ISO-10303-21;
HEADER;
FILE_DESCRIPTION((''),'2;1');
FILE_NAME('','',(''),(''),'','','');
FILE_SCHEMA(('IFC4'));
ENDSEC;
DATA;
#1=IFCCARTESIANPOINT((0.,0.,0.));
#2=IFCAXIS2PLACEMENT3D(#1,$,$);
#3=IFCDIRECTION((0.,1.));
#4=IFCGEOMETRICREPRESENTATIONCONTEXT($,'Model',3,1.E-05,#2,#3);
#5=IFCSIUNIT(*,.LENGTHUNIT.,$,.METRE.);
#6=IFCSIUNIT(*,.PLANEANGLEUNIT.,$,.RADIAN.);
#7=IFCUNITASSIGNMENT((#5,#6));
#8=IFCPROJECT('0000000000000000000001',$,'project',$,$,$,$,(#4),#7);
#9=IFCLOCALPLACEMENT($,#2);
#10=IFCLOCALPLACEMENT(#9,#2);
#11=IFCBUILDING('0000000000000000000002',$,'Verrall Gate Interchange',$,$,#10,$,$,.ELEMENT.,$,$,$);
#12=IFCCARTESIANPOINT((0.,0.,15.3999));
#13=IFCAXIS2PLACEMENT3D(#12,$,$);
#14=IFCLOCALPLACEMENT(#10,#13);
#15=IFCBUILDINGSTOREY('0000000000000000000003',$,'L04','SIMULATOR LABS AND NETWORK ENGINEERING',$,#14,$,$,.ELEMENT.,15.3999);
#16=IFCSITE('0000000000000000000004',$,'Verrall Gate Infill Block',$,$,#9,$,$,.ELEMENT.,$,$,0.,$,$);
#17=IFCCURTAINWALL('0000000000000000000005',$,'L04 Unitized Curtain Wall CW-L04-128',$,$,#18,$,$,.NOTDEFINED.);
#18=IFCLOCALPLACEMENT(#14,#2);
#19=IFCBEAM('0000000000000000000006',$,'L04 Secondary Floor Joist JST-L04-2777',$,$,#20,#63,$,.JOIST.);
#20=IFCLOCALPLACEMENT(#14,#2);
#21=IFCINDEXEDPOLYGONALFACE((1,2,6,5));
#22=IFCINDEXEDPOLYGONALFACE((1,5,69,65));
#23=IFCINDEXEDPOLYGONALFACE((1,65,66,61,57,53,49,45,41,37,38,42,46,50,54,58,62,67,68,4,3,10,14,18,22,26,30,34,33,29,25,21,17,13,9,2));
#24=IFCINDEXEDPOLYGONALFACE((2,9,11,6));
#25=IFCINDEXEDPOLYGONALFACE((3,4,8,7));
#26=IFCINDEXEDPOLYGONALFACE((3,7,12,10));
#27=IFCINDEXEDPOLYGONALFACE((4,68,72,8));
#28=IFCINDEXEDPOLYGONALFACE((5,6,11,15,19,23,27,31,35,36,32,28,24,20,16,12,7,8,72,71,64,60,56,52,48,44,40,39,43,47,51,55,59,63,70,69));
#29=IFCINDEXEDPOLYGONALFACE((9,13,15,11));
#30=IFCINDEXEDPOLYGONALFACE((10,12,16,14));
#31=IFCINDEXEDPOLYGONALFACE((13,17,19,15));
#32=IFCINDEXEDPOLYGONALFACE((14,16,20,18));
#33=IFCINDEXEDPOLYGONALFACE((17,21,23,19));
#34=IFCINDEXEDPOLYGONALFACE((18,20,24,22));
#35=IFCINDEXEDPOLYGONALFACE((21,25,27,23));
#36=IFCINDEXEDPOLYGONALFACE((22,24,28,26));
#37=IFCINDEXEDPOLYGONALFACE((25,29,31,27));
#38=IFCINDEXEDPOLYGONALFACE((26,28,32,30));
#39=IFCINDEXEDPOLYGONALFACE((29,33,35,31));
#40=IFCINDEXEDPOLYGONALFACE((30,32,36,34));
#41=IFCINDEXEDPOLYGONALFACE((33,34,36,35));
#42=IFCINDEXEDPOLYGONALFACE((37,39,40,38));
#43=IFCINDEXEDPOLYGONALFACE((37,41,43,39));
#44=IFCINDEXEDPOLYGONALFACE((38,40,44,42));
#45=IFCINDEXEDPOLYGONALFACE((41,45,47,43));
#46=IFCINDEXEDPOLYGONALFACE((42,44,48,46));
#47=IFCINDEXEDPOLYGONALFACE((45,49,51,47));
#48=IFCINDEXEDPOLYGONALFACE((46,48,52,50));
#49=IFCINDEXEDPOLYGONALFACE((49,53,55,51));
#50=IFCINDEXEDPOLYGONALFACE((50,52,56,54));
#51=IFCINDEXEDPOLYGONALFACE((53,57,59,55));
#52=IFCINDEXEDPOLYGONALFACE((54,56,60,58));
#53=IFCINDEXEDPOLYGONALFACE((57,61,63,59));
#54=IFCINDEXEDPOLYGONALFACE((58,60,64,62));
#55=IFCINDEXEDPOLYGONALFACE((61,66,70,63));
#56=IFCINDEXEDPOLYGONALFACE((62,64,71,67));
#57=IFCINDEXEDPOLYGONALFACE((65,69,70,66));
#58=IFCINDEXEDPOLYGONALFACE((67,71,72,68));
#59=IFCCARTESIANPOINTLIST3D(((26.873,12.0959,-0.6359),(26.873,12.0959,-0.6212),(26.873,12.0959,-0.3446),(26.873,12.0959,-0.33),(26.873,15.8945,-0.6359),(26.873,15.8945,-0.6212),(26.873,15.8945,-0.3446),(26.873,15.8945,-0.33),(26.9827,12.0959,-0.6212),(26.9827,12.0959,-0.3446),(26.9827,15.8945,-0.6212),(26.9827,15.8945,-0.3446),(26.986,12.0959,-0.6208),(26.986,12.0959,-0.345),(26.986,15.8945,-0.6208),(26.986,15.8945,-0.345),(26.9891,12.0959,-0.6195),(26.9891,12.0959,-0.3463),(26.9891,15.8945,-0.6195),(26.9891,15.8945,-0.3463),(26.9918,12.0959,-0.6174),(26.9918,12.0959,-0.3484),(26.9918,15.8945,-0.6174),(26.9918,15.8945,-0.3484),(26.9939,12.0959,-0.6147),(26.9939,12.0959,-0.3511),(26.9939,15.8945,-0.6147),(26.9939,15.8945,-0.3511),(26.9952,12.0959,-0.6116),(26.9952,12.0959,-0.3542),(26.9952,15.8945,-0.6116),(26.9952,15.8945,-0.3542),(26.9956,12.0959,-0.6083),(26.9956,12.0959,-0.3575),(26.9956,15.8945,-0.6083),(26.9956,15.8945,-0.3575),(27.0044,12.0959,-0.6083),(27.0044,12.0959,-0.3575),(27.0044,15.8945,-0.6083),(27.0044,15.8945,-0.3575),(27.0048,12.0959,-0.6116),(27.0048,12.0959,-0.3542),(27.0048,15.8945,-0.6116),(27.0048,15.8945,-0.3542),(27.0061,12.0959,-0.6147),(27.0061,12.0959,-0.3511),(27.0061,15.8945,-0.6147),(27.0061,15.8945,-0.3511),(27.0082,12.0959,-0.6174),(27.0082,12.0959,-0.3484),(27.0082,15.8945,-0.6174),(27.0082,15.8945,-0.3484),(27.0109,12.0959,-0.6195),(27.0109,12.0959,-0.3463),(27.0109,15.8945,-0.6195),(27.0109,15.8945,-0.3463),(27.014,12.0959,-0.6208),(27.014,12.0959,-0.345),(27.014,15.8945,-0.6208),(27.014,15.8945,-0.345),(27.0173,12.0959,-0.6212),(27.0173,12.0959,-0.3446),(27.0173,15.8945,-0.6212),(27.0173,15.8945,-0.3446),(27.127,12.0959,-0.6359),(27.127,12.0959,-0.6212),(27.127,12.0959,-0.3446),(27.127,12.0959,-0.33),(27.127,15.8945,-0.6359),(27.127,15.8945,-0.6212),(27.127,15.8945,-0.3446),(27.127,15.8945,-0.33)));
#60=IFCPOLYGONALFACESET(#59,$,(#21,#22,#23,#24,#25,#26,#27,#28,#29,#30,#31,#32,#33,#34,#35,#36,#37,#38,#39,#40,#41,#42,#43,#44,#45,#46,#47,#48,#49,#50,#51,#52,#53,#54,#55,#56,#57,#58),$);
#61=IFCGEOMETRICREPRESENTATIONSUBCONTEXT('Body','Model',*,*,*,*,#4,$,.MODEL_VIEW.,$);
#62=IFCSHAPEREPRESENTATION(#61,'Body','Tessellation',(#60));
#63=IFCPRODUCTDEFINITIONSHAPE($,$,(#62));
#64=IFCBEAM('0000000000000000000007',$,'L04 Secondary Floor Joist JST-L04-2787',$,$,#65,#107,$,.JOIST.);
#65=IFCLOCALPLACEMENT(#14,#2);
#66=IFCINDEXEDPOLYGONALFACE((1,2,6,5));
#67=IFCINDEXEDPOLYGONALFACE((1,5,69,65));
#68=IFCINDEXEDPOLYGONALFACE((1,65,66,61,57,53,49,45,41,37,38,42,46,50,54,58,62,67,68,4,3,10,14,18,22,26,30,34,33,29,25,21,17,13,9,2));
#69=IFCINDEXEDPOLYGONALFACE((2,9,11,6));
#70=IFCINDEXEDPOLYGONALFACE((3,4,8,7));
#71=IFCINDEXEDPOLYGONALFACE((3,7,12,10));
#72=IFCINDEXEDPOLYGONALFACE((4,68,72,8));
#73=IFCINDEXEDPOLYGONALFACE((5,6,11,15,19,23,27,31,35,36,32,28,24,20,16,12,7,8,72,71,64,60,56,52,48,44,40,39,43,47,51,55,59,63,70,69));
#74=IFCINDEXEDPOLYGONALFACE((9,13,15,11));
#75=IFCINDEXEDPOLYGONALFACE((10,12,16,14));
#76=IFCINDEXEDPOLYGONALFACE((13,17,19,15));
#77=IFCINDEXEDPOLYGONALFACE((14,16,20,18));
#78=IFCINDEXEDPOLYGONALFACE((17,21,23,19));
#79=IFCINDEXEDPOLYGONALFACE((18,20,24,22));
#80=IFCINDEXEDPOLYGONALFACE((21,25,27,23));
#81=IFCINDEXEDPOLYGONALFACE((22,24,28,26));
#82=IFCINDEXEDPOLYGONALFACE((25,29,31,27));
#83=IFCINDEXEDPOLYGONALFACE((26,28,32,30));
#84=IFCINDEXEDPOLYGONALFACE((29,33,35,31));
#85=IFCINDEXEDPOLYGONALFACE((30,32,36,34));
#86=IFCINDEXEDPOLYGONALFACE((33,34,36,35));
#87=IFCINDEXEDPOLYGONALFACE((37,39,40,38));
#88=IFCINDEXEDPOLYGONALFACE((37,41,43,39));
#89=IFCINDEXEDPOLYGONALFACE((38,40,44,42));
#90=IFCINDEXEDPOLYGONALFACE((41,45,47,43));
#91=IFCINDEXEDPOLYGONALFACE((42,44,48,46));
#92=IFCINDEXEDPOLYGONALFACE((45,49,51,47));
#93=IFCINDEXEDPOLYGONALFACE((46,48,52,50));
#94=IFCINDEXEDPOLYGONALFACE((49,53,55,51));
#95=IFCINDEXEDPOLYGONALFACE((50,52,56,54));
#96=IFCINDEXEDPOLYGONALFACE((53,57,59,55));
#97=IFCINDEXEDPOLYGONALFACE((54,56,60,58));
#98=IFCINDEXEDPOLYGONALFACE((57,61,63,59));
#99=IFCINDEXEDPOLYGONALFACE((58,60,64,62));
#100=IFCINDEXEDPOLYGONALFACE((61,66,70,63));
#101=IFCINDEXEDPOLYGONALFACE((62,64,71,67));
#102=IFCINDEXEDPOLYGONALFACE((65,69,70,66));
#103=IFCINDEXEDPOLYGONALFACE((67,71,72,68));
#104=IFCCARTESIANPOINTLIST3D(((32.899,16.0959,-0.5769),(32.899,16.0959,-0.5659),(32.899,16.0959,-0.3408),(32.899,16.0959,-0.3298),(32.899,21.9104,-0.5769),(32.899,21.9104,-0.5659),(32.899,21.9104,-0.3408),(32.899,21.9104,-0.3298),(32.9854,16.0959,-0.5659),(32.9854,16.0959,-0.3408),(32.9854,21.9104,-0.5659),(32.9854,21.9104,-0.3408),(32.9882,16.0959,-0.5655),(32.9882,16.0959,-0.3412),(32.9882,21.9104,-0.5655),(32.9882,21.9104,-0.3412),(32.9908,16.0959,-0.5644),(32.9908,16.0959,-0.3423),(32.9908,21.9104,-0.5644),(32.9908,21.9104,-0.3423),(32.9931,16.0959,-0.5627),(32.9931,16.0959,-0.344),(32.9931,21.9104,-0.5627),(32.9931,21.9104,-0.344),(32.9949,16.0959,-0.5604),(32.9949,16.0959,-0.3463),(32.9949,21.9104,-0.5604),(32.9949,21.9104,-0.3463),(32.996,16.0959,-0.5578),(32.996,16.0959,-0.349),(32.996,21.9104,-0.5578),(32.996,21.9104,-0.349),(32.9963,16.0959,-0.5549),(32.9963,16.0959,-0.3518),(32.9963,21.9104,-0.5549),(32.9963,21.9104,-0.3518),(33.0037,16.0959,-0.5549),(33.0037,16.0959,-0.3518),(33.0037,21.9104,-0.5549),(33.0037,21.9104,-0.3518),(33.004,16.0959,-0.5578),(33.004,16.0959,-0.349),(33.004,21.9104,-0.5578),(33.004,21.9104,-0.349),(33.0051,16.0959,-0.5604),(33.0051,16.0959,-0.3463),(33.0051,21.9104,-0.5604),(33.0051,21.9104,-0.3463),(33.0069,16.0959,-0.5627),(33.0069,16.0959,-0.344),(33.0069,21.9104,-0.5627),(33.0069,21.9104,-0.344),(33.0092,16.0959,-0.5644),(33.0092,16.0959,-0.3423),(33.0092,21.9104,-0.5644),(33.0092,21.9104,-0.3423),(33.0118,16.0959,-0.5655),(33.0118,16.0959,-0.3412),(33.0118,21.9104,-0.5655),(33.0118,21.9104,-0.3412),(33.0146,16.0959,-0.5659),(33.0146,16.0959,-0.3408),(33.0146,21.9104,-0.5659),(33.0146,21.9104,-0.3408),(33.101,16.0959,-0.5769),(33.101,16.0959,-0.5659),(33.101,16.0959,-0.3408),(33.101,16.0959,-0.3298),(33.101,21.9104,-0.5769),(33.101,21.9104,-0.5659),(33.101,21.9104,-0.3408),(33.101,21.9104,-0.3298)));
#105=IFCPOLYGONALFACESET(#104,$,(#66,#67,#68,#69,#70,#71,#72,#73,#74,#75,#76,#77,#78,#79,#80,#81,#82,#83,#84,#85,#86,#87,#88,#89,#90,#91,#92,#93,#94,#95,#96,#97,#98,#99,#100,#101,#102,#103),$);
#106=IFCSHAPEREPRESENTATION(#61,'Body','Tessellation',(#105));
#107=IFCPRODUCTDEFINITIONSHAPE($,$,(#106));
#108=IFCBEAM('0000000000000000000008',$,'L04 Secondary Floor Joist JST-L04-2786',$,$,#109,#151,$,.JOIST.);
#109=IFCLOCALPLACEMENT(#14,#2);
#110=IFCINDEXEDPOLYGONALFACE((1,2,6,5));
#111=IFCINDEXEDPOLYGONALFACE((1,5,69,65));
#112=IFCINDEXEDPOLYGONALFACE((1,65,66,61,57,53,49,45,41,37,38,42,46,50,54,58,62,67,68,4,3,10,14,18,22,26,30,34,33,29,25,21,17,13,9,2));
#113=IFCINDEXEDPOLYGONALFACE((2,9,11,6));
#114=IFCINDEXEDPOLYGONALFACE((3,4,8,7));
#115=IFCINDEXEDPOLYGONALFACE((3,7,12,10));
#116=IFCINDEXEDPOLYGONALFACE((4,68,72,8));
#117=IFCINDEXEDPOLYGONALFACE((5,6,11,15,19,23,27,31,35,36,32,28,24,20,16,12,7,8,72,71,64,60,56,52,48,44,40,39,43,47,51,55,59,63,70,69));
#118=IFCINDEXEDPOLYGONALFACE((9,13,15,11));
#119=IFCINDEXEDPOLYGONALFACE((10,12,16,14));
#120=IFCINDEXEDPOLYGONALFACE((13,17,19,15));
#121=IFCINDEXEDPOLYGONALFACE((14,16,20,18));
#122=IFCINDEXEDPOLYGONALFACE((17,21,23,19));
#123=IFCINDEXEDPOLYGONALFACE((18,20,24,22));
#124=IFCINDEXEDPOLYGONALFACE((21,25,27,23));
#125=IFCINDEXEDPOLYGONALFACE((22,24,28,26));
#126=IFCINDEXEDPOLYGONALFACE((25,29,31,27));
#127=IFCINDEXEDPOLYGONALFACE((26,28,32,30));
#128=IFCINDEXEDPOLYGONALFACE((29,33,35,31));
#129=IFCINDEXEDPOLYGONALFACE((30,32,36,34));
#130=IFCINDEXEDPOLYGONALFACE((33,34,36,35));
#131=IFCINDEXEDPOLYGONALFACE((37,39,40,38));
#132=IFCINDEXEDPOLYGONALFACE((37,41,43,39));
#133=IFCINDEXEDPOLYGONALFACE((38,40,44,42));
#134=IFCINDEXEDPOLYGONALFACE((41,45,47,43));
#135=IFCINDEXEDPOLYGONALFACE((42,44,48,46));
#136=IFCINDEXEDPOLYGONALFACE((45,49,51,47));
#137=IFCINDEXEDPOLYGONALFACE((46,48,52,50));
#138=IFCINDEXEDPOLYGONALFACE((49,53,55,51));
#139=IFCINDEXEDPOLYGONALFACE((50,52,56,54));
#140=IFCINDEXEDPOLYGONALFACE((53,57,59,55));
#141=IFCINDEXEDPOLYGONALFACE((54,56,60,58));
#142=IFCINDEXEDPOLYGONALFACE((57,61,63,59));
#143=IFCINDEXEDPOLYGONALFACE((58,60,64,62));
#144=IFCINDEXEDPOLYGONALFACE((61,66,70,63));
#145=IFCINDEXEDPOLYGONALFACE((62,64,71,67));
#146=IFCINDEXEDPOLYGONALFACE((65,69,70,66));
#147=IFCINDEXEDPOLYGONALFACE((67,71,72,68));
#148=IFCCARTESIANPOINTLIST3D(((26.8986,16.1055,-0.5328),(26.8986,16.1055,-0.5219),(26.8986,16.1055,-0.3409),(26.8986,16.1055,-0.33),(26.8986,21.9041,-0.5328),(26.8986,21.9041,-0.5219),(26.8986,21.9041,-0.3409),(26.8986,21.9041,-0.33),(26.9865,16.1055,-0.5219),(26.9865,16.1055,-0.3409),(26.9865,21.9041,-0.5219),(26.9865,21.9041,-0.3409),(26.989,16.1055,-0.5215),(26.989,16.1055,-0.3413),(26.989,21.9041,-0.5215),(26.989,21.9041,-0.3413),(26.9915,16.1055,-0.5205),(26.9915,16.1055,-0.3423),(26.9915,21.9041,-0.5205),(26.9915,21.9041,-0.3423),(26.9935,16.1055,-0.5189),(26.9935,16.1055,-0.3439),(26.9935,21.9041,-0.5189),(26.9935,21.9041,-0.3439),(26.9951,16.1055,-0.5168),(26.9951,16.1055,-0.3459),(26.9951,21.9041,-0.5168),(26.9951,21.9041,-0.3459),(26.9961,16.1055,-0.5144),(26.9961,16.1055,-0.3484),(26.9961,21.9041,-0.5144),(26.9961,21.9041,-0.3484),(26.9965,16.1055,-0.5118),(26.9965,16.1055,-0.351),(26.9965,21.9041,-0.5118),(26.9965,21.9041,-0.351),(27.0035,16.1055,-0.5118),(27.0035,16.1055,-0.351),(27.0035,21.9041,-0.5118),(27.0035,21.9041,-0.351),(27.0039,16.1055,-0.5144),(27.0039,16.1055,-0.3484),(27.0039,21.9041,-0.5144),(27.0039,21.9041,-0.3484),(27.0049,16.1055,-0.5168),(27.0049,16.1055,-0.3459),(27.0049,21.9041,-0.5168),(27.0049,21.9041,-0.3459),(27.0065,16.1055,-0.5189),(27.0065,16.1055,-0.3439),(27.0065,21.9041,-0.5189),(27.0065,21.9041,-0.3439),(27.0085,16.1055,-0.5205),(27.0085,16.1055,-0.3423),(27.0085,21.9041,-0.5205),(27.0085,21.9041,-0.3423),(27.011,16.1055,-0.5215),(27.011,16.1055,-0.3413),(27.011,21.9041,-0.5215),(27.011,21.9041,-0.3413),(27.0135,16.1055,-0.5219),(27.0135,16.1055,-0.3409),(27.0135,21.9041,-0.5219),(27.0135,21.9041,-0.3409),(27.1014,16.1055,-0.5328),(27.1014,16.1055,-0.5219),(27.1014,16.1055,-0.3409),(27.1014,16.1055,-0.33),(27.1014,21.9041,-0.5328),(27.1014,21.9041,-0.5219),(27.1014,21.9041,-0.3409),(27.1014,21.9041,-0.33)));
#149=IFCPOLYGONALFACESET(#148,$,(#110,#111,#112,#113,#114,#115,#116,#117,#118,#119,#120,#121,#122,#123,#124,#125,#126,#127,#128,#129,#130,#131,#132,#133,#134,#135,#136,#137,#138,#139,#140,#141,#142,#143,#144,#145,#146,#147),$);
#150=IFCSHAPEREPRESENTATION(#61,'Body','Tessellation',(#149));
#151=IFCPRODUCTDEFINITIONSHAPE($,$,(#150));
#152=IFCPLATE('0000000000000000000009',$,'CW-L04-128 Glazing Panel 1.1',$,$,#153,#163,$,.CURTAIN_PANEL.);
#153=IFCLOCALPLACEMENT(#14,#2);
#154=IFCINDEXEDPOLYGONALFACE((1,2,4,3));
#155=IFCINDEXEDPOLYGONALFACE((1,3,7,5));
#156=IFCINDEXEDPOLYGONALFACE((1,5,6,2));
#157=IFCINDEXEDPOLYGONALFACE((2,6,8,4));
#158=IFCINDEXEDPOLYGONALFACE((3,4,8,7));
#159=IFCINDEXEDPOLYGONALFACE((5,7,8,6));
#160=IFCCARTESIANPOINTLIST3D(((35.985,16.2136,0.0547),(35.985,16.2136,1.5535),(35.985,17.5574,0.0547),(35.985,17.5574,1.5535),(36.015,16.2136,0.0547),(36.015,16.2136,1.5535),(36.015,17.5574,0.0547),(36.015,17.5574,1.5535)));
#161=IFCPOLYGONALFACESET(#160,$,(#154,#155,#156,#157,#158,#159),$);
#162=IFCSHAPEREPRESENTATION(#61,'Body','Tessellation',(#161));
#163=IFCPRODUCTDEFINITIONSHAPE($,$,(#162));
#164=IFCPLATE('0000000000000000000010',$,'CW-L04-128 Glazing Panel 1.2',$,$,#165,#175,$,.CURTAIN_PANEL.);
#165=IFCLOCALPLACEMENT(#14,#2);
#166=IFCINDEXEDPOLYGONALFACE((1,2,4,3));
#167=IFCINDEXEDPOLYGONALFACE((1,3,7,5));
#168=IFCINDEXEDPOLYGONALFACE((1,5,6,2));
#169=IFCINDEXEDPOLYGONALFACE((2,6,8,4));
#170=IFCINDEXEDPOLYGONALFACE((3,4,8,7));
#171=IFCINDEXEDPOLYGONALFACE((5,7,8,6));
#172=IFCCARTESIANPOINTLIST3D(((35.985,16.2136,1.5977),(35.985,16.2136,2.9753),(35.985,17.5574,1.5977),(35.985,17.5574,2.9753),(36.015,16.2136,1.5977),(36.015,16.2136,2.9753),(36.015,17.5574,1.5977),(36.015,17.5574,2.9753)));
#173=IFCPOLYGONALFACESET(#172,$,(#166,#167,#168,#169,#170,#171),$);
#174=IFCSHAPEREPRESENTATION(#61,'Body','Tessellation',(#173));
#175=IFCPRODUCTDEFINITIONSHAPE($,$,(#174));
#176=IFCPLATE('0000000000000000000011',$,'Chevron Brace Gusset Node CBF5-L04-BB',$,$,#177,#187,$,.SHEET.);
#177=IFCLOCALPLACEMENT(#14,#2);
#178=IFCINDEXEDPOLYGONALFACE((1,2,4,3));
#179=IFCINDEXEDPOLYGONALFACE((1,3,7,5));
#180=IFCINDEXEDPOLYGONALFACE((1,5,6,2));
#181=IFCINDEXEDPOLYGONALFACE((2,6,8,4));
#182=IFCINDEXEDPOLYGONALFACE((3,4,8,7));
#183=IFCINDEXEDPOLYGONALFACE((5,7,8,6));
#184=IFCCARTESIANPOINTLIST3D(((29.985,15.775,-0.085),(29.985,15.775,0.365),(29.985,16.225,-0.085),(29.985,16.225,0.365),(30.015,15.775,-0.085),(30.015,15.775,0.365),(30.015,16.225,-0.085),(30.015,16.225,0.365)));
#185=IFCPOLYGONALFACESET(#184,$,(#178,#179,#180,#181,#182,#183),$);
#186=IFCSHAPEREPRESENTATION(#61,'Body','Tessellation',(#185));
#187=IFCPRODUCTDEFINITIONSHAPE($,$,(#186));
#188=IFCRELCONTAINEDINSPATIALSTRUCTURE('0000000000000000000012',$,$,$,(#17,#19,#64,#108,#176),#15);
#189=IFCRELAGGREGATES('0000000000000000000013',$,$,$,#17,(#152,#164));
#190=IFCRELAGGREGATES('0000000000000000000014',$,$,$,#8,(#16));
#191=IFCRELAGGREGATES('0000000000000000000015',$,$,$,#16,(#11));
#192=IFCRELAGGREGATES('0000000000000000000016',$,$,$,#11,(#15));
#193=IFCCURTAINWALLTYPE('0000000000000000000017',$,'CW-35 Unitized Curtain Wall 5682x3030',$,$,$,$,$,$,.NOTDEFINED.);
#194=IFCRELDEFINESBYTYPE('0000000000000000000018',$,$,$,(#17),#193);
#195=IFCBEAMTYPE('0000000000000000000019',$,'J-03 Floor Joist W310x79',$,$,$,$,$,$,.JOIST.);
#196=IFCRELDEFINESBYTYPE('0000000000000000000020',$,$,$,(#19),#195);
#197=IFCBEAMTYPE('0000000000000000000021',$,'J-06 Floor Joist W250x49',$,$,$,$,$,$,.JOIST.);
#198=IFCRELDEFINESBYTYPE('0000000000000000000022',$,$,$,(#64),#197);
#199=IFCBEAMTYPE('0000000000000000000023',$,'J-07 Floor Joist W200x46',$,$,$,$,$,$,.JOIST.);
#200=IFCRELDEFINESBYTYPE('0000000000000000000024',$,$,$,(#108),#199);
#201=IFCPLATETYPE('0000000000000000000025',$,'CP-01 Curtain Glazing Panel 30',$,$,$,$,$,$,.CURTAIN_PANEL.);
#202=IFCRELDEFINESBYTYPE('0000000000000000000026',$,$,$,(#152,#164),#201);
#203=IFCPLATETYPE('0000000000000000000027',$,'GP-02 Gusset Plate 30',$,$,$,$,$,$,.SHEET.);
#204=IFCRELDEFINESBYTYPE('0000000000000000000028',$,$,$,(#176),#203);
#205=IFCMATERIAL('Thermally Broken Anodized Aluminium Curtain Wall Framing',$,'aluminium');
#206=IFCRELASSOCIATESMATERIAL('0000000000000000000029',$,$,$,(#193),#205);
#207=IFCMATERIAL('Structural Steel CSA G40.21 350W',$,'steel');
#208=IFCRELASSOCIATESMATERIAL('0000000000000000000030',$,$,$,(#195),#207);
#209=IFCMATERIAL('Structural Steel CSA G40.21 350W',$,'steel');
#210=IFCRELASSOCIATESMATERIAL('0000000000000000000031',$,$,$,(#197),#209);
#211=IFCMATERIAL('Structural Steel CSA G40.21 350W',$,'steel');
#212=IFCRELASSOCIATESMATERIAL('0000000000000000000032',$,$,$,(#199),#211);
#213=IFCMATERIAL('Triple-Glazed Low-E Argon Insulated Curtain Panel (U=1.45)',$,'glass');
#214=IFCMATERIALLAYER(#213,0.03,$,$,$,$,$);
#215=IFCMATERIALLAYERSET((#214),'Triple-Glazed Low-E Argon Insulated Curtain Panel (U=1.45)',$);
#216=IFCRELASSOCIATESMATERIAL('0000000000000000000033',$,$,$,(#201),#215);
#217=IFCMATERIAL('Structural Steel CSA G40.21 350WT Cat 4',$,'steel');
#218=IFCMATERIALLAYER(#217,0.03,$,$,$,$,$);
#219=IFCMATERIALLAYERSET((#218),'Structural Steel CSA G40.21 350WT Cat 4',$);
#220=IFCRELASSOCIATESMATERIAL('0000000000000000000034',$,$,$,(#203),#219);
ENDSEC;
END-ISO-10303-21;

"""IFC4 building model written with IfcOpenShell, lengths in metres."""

from ifc_helpers import new_model, si_unit, direction, frame, origin, origin_2d, place, context, subcontext, project, spatial, rectangle, i_section, extrude, material, layer, layer_set, material_profile, profile_set, type_object, element, aggregate, save


model = new_model("IFC4")

# Units and contexts
model_context = context("Model", 3, precision=1e-05, world=origin(), true_north=direction((0.0, 1.0)))
body_context = subcontext(model_context, "Body", "Model", "MODEL_VIEW")
ifc_project = project(units=[si_unit("LENGTHUNIT", "METRE"), si_unit("PLANEANGLEUNIT", "RADIAN")], contexts=[model_context])

# Site, building, storey
site_placement = place(None, origin())
site = spatial("IfcSite", under=ifc_project, at=site_placement, Name="Verrall Gate Infill Block", CompositionType="ELEMENT", RefElevation=0.0)
building_placement = place(site_placement, origin())
building = spatial("IfcBuilding", under=site, at=building_placement, Name="Verrall Gate Interchange", CompositionType="ELEMENT")
storey_placement = place(building_placement, frame((0.0, 0.0, 15.3999)))
storey = spatial("IfcBuildingStorey", under=building, at=storey_placement, Name="L04", Description="SIMULATOR LABS AND NETWORK ENGINEERING", CompositionType="ELEMENT", Elevation=15.3999)

# Curtain wall
ifc_material_1 = material(Name="Thermally Broken Anodized Aluminium Curtain Wall Framing", Category="aluminium")
curtain_wall_type = type_object("IfcCurtainWallType", Name="CW-35 Unitized Curtain Wall 5682x3030", PredefinedType="NOTDEFINED", material=ifc_material_1)
curtain_wall_placement = place(storey_placement, origin())
curtain_wall = element("IfcCurtainWall", 1, at=curtain_wall_placement, inside=storey, type_object=curtain_wall_type, Name="L04 Unitized Curtain Wall CW-L04-128", PredefinedType="NOTDEFINED")

# Beams
ifc_material_2 = material(Name="Structural Steel CSA G40.21 350W", Category="steel")
ifc_material_profile_1 = material_profile(ifc_material_2, i_section(OverallWidth=0.2539, OverallDepth=0.3059, WebThickness=0.0088, FlangeThickness=0.0146, FilletRadius=0.0129, at=origin_2d()), Name="W310x79")
ifc_profile_set_1 = profile_set([ifc_material_profile_1], Name="Structural Steel CSA G40.21 350W")
beam_type_1 = type_object("IfcBeamType", Name="J-03 Floor Joist W310x79", PredefinedType="JOIST", material=ifc_profile_set_1)
beam_1_placement = place(storey_placement, frame((27.0, 12.0959, -0.4829), z_axis=(0.0, 1.0, 0.0), x_axis=(-1.0, 0.0, 0.0)))
element("IfcBeam", 2, at=beam_1_placement, inside=storey, type_object=beam_type_1, Name="L04 Secondary Floor Joist JST-L04-2777", PredefinedType="JOIST", context=body_context, shape_type="SweptSolid", body=[
    extrude(i_section(OverallWidth=0.2539, OverallDepth=0.3059, WebThickness=0.0088, FlangeThickness=0.0146, FilletRadius=0.0129, at=origin_2d()), origin(), (0.0, 0.0, 1.0), 3.7986),
])
ifc_material_3 = material(Name="Structural Steel CSA G40.21 350W", Category="steel")
ifc_material_profile_2 = material_profile(ifc_material_3, i_section(OverallWidth=0.2019, OverallDepth=0.2471, WebThickness=0.0073, FlangeThickness=0.011, FilletRadius=0.011, at=origin_2d()), Name="W250x49")
ifc_profile_set_2 = profile_set([ifc_material_profile_2], Name="Structural Steel CSA G40.21 350W")
beam_type_2 = type_object("IfcBeamType", Name="J-06 Floor Joist W250x49", PredefinedType="JOIST", material=ifc_profile_set_2)
beam_2_placement = place(storey_placement, frame((33.0, 16.0959, -0.4534), z_axis=(0.0, 1.0, 0.0), x_axis=(-1.0, 0.0, 0.0)))
element("IfcBeam", 3, at=beam_2_placement, inside=storey, type_object=beam_type_2, Name="L04 Secondary Floor Joist JST-L04-2787", PredefinedType="JOIST", context=body_context, shape_type="SweptSolid", body=[
    extrude(i_section(OverallWidth=0.2019, OverallDepth=0.2471, WebThickness=0.0073, FlangeThickness=0.011, FilletRadius=0.011, at=origin_2d()), origin(), (0.0, 0.0, 1.0), 5.8145),
])
ifc_material_4 = material(Name="Structural Steel CSA G40.21 350W", Category="steel")
ifc_material_profile_3 = material_profile(ifc_material_4, i_section(OverallWidth=0.2029, OverallDepth=0.2029, WebThickness=0.0071, FlangeThickness=0.011, FilletRadius=0.01, at=origin_2d()), Name="W200x46")
ifc_profile_set_3 = profile_set([ifc_material_profile_3], Name="Structural Steel CSA G40.21 350W")
beam_type_3 = type_object("IfcBeamType", Name="J-07 Floor Joist W200x46", PredefinedType="JOIST", material=ifc_profile_set_3)
beam_3_placement = place(storey_placement, frame((27.0, 16.1055, -0.4314), z_axis=(0.0, 1.0, 0.0), x_axis=(-1.0, 0.0, 0.0)))
element("IfcBeam", 4, at=beam_3_placement, inside=storey, type_object=beam_type_3, Name="L04 Secondary Floor Joist JST-L04-2786", PredefinedType="JOIST", context=body_context, shape_type="SweptSolid", body=[
    extrude(i_section(OverallWidth=0.2029, OverallDepth=0.2029, WebThickness=0.0071, FlangeThickness=0.011, FilletRadius=0.01, at=origin_2d()), origin(), (0.0, 0.0, 1.0), 5.7986),
])

# Plates
ifc_material_5 = material(Name="Triple-Glazed Low-E Argon Insulated Curtain Panel (U=1.45)", Category="glass")
ifc_layer_1 = layer(ifc_material_5, 0.03)
ifc_layer_set_1 = layer_set([ifc_layer_1], Name="Triple-Glazed Low-E Argon Insulated Curtain Panel (U=1.45)")
plate_type_1 = type_object("IfcPlateType", Name="CP-01 Curtain Glazing Panel 30", PredefinedType="CURTAIN_PANEL", material=ifc_layer_set_1)
plate_1_placement = place(storey_placement, frame((36.0, 16.8855, 0.0547), z_axis=(0.0, 0.0, 1.0), x_axis=(0.0, 1.0, 0.0)))
plate_1 = element("IfcPlate", 5, at=plate_1_placement, type_object=plate_type_1, Name="CW-L04-128 Glazing Panel 1.1", PredefinedType="CURTAIN_PANEL", context=body_context, shape_type="SweptSolid", body=[
    extrude(rectangle(XDim=1.3438, YDim=0.03, at=origin_2d()), origin(), (0.0, 0.0, 1.0), 1.4988),
])
plate_2_placement = place(storey_placement, frame((36.0, 16.8855, 1.5977), z_axis=(0.0, 0.0, 1.0), x_axis=(0.0, 1.0, 0.0)))
plate_2 = element("IfcPlate", 6, at=plate_2_placement, type_object=plate_type_1, Name="CW-L04-128 Glazing Panel 1.2", PredefinedType="CURTAIN_PANEL", context=body_context, shape_type="SweptSolid", body=[
    extrude(rectangle(XDim=1.3438, YDim=0.03, at=origin_2d()), origin(), (0.0, 0.0, 1.0), 1.3777),
])
aggregate(curtain_wall, [plate_1, plate_2])

# Plate
ifc_material_6 = material(Name="Structural Steel CSA G40.21 350WT Cat 4", Category="steel")
ifc_layer_2 = layer(ifc_material_6, 0.03)
ifc_layer_set_2 = layer_set([ifc_layer_2], Name="Structural Steel CSA G40.21 350WT Cat 4")
plate_type_2 = type_object("IfcPlateType", Name="GP-02 Gusset Plate 30", PredefinedType="SHEET", material=ifc_layer_set_2)
for number, where, z_axis, x_axis, name in (
    (7, (30.0, 16.0, -0.085), (0.0, 0.0, 1.0), (1.0, 0.0, 0.0), "Chevron Brace Gusset Node CBF5-L04-BB"),
):
    element("IfcPlate", number, at=place(storey_placement, frame(where, z_axis=z_axis, x_axis=x_axis)), inside=storey, type_object=plate_type_2, Name=name, PredefinedType="SHEET", context=body_context, shape_type="SweptSolid", body=[
        extrude(rectangle(XDim=0.03, YDim=0.45, at=origin_2d()), origin(), (0.0, 0.0, 1.0), 0.45),
    ])

save(model, "model.ifc")
